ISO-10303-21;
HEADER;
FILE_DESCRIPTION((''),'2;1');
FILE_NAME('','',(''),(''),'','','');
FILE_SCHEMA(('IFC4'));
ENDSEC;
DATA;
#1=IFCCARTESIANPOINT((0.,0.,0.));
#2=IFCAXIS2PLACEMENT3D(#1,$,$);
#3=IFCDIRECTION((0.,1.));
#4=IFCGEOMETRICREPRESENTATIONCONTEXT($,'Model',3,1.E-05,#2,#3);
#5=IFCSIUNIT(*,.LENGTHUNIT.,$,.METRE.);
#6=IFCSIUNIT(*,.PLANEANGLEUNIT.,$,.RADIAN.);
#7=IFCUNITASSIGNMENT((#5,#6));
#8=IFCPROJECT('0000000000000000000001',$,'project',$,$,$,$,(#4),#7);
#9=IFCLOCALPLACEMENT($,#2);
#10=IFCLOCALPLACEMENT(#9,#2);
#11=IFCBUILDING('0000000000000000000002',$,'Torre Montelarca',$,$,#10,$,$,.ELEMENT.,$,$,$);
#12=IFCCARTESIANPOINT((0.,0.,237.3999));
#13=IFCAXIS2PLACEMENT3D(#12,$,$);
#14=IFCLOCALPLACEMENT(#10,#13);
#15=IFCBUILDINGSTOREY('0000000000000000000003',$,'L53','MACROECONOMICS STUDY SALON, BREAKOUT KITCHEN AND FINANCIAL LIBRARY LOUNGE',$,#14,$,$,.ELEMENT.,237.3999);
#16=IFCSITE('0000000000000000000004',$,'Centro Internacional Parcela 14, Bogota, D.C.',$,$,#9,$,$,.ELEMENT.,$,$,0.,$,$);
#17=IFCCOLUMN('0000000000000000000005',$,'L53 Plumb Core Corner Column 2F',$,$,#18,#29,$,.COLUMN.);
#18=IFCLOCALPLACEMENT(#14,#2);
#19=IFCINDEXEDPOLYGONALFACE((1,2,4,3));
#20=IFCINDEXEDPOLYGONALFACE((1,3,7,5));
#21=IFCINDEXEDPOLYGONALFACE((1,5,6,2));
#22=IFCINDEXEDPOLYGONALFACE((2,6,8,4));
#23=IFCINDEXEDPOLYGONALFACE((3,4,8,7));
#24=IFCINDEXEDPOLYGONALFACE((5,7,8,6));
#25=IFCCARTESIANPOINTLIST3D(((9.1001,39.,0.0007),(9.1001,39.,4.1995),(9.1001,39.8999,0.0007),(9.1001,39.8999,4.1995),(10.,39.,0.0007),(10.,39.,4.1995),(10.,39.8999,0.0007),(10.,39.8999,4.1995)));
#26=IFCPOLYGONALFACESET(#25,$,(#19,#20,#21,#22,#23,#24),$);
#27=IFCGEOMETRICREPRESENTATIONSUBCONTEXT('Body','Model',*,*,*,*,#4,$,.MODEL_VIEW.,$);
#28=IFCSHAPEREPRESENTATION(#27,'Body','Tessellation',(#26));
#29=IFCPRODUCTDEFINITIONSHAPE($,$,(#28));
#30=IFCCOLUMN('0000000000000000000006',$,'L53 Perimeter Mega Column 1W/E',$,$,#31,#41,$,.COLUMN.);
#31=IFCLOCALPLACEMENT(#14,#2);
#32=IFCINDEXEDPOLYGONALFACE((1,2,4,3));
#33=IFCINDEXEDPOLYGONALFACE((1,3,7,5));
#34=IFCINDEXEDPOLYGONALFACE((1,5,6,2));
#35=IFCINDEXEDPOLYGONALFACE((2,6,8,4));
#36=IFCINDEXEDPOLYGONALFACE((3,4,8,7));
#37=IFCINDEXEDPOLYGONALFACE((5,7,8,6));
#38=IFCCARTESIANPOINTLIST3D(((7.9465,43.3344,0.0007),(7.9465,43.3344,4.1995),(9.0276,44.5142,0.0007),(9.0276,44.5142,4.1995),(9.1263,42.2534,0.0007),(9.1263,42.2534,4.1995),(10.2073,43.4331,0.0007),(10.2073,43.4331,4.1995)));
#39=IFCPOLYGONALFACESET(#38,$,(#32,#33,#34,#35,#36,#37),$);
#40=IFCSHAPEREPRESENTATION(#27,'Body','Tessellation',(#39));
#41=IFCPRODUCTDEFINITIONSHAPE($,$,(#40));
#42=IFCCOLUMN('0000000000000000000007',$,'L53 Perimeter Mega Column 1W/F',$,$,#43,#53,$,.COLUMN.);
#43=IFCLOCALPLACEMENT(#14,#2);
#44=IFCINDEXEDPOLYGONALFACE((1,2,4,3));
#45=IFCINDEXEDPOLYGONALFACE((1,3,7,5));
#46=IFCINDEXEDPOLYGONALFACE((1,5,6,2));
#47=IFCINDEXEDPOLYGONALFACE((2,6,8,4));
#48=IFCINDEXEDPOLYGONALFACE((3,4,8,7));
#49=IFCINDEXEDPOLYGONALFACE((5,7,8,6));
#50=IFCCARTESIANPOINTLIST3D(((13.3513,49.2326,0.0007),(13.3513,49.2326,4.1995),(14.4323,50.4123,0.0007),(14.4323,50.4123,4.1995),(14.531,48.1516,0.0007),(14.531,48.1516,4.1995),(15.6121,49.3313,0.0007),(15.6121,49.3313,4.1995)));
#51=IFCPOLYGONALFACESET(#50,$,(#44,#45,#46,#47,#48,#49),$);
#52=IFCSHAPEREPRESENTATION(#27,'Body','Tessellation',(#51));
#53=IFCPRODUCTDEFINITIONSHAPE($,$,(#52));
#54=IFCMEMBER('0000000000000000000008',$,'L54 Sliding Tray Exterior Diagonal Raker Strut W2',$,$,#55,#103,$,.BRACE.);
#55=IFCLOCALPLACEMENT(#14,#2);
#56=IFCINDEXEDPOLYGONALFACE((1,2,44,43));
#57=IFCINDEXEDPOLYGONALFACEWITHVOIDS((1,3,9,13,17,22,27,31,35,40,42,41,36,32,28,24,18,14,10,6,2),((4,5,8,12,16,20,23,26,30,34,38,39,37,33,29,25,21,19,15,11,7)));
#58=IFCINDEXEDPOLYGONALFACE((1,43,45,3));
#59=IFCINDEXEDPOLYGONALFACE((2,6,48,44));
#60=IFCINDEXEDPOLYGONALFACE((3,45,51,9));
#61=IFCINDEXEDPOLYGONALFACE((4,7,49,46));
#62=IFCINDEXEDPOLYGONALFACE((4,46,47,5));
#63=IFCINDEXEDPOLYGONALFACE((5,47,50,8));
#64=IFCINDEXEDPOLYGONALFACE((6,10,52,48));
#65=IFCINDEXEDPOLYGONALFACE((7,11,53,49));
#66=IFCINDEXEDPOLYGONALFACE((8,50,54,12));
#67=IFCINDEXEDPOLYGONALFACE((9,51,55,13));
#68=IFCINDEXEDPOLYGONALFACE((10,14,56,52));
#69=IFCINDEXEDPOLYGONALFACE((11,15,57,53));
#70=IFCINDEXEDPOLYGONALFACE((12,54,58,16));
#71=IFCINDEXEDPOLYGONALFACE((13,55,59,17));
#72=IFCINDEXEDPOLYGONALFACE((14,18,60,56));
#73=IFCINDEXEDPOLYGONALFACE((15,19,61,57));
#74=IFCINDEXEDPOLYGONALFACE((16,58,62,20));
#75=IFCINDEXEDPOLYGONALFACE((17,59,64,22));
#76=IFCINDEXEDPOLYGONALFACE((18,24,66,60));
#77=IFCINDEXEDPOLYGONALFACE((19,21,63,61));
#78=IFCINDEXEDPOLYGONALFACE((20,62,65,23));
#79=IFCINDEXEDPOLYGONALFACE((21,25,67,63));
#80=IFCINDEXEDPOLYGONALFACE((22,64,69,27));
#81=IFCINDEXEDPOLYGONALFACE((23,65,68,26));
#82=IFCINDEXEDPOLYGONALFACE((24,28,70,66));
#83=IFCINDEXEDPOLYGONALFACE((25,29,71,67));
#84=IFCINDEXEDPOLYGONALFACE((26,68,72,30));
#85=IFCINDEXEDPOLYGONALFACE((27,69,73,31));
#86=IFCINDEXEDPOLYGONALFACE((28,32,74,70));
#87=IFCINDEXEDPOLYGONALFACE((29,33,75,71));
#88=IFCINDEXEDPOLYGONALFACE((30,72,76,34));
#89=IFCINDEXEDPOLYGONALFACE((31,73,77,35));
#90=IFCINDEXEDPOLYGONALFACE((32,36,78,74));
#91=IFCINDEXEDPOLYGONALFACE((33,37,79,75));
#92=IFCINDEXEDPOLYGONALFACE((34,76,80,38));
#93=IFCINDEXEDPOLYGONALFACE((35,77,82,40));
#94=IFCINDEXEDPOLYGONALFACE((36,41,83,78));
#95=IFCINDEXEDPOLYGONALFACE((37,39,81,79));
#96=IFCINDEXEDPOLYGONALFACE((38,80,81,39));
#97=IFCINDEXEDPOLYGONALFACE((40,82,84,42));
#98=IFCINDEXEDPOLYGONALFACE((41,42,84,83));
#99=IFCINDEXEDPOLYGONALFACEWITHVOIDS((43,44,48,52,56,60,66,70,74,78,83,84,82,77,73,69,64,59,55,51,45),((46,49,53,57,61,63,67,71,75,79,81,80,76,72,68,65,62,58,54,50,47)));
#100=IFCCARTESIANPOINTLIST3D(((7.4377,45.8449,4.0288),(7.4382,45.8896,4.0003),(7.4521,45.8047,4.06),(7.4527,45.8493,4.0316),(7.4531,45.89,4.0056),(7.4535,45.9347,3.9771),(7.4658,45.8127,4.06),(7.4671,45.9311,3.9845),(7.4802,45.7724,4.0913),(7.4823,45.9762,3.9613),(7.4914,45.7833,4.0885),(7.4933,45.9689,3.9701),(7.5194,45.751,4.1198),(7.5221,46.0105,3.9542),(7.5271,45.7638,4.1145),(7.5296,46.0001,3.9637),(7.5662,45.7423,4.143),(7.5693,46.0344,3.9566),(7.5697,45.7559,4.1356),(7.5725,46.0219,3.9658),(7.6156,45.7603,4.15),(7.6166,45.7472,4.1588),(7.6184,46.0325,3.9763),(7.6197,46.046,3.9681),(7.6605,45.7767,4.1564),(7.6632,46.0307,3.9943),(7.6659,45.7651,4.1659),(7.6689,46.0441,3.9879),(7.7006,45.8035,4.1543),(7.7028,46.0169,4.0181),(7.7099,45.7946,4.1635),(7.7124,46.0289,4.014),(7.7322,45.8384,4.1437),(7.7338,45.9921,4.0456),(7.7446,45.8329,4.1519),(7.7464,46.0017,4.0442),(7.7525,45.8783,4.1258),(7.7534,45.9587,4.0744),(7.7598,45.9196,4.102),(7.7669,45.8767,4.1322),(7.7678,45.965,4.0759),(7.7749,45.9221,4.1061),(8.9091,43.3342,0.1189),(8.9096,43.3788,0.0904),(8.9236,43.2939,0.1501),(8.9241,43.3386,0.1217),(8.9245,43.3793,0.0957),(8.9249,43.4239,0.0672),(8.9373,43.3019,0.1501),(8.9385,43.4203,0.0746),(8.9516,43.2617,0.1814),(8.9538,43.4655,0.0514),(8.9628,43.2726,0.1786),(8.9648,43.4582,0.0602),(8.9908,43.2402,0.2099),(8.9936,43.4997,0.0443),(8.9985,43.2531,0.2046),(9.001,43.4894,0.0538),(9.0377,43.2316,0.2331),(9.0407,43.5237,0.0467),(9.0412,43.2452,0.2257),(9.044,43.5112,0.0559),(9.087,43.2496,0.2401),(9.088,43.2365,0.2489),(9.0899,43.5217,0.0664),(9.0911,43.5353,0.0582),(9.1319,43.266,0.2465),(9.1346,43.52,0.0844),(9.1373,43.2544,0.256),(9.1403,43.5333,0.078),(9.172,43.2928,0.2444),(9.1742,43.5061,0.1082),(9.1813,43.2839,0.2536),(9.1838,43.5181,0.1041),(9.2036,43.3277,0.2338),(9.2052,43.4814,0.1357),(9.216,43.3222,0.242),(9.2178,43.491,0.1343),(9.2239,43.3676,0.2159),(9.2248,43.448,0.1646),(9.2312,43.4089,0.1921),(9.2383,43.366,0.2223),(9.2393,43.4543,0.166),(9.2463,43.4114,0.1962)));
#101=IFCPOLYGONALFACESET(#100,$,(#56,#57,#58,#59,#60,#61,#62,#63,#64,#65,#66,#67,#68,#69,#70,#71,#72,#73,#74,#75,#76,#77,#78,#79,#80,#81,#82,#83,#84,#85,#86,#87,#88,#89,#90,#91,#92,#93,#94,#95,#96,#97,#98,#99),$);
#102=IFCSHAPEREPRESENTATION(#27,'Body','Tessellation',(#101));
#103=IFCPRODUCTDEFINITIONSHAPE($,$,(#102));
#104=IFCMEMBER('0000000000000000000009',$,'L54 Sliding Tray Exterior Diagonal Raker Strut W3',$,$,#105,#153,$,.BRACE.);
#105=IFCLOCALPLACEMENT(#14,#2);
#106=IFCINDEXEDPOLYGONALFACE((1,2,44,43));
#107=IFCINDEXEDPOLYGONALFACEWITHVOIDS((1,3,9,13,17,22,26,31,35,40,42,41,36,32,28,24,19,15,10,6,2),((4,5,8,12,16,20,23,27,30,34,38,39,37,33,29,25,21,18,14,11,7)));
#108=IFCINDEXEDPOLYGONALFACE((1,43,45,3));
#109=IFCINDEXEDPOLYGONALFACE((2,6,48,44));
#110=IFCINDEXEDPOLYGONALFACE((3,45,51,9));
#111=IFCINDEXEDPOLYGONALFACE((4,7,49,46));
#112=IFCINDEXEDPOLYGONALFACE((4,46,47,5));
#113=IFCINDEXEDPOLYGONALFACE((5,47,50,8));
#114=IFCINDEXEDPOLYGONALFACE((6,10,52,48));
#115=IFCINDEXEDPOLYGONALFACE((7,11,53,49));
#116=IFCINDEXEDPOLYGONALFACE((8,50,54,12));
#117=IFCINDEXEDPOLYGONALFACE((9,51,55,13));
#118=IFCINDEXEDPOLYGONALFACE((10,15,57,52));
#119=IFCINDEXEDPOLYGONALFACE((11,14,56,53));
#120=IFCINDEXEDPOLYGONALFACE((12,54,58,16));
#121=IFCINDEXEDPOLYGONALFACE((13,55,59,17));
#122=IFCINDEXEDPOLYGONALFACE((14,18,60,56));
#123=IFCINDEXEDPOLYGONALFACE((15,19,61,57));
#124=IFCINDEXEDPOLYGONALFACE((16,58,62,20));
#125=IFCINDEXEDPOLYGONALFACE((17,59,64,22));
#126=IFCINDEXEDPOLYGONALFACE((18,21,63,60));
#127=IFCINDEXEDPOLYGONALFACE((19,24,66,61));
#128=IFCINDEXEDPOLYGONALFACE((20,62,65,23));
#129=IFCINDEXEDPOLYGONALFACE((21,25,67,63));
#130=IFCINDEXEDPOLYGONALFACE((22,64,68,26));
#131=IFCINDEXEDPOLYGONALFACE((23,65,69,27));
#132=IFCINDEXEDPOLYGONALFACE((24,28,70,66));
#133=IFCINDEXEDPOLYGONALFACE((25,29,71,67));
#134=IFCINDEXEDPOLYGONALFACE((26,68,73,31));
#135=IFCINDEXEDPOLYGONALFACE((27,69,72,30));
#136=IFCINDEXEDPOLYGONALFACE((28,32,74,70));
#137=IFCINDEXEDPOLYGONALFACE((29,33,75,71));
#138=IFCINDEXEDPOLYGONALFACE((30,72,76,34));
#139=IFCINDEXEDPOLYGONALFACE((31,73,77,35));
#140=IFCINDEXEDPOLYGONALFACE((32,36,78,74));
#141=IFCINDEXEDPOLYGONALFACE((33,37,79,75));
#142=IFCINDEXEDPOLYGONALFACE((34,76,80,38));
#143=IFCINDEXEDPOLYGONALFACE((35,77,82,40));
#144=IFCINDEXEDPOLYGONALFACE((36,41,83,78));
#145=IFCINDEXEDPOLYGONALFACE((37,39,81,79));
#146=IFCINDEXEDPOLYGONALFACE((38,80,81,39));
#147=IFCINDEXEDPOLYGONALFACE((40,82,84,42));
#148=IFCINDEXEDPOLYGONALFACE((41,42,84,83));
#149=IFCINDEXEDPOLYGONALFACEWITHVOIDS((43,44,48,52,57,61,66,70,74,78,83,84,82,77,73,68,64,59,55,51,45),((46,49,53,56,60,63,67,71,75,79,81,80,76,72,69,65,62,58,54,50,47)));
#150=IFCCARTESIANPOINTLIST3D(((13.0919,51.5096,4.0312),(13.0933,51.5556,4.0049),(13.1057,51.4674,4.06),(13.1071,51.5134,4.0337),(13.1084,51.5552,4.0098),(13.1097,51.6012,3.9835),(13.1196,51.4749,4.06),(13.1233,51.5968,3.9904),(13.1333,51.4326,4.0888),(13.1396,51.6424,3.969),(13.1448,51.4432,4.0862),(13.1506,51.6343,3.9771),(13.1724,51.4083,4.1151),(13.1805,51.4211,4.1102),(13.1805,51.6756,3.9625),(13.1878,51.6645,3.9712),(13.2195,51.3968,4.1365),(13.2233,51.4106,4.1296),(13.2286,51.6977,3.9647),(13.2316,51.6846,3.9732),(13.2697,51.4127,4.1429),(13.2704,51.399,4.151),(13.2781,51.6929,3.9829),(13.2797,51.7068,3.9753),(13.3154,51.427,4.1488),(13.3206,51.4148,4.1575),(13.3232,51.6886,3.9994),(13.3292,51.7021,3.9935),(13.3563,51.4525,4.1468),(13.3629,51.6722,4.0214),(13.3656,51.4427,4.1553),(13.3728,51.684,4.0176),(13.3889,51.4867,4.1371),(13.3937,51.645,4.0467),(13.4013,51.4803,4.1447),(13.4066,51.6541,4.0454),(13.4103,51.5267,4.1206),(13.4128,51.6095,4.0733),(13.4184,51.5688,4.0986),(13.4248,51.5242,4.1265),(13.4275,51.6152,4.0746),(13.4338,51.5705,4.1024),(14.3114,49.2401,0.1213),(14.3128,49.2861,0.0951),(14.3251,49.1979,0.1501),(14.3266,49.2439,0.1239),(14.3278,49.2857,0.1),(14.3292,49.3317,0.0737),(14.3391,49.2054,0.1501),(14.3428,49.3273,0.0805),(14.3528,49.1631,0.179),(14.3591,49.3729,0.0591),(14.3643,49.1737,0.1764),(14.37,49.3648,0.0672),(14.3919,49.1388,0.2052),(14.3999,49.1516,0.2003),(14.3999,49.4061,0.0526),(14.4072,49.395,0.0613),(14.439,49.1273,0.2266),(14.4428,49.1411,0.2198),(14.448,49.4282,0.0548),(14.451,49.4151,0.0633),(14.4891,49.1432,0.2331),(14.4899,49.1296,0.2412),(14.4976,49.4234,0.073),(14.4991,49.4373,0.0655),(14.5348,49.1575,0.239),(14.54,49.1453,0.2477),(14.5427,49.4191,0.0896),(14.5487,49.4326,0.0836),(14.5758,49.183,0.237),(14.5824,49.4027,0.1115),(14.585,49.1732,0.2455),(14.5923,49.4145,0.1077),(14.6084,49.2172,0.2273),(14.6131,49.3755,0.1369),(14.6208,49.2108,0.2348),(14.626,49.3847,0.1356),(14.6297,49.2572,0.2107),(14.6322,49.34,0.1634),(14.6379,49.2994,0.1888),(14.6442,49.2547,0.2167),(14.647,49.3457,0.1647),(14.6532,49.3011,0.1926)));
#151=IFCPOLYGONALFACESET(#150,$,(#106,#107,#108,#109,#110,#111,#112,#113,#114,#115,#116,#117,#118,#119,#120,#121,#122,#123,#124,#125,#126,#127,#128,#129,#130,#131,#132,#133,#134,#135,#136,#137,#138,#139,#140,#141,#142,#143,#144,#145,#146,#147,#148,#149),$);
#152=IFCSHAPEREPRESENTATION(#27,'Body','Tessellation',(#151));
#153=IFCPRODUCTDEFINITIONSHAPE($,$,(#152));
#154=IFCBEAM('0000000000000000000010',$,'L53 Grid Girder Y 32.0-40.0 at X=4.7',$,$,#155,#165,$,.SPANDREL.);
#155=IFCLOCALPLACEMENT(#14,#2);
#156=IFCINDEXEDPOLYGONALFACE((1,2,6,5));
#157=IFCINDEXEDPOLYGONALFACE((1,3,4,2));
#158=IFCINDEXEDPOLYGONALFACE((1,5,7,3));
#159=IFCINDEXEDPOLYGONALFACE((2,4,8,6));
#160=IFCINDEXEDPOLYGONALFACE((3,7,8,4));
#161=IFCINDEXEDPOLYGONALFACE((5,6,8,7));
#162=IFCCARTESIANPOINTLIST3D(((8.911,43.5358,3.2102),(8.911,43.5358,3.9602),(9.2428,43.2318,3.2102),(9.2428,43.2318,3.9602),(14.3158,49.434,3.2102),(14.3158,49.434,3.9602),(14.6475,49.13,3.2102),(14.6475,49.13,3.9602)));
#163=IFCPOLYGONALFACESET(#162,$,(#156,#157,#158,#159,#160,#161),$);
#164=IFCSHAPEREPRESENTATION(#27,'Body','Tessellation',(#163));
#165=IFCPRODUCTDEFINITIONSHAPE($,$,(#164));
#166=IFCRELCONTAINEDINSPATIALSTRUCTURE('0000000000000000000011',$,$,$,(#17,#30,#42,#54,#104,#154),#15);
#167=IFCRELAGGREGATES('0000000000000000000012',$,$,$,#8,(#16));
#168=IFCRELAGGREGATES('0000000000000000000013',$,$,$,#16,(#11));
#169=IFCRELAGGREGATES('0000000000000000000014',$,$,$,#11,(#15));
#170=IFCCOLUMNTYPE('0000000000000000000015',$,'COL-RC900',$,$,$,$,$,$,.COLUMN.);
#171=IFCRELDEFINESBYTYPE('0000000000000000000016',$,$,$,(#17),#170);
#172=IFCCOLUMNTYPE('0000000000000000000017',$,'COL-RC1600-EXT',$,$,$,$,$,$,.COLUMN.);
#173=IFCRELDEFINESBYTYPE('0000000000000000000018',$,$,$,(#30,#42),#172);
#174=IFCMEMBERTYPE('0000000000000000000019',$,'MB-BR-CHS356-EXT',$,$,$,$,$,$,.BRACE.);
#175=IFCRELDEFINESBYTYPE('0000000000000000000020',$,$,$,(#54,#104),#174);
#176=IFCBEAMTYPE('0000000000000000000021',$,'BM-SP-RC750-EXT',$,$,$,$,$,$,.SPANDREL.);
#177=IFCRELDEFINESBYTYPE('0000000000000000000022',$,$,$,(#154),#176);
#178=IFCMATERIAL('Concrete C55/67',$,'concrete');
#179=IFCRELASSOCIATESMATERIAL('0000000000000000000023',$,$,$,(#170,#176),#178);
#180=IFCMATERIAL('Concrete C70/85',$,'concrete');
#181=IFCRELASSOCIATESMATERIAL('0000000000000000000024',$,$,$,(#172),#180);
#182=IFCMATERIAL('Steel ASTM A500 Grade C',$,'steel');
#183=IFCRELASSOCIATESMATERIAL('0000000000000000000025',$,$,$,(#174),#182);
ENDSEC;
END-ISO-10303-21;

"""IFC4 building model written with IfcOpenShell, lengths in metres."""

from ifc_helpers import new_model, si_unit, direction, frame, origin, origin_2d, place, context, subcontext, project, spatial, rectangle, hollow_circle, extrude, source, transform, mapped, material, material_profile, profile_set, type_object, element, save


model = new_model("IFC4")

# Units and contexts
model_context = context("Model", 3, precision=1e-05, world=origin(), true_north=direction((0.0, 1.0)))
body_context = subcontext(model_context, "Body", "Model", "MODEL_VIEW")
ifc_project = project(units=[si_unit("LENGTHUNIT", "METRE"), si_unit("PLANEANGLEUNIT", "RADIAN")], contexts=[model_context])

# Site, building, storey
site_placement = place(None, origin())
site = spatial("IfcSite", under=ifc_project, at=site_placement, Name="Centro Internacional Parcela 14, Bogota, D.C.", CompositionType="ELEMENT", RefElevation=0.0)
building_placement = place(site_placement, origin())
building = spatial("IfcBuilding", under=site, at=building_placement, Name="Torre Montelarca", CompositionType="ELEMENT")
storey_placement = place(building_placement, frame((0.0, 0.0, 237.3999)))
storey = spatial("IfcBuildingStorey", under=building, at=storey_placement, Name="L53", Description="MACROECONOMICS STUDY SALON, BREAKOUT KITCHEN AND FINANCIAL LIBRARY LOUNGE", CompositionType="ELEMENT", Elevation=237.3999)

# Columns
ifc_material_1 = material(Name="Concrete C55/67", Category="concrete")
ifc_material_profile_1 = material_profile(ifc_material_1, rectangle(XDim=0.8999, YDim=0.8999, at=origin_2d()), Name="RC900X900", Category="concrete")
ifc_profile_set_1 = profile_set([ifc_material_profile_1], Name="Concrete C55/67")
column_type_1 = type_object("IfcColumnType", Name="COL-RC900", PredefinedType="COLUMN", material=ifc_profile_set_1)
shared_shape_1 = source(origin(), body_context, "Body", "SweptSolid", [
    extrude(rectangle(XDim=0.8999, YDim=0.8999, at=origin_2d()), origin(), (0.0, 0.0, 1.0), 4.1987),
])
column_placement = place(storey_placement, frame((9.55, 39.45, 0.0007), z_axis=(0.0, 0.0, 1.0), x_axis=(1.0, 0.0, 0.0)))
element("IfcColumn", 1, at=column_placement, inside=storey, type_object=column_type_1, Name="L53 Plumb Core Corner Column 2F", PredefinedType="COLUMN", context=body_context, shape_type="MappedRepresentation", body=[
    mapped(shared_shape_1, transform((0.0, 0.0, 0.0), scale=1.0)),
])
ifc_material_2 = material(Name="Concrete C70/85", Category="concrete")
ifc_material_profile_2 = material_profile(ifc_material_2, rectangle(XDim=1.6001, YDim=1.6001, at=origin_2d()), Name="RC1600X1600", Category="concrete")
ifc_profile_set_2 = profile_set([ifc_material_profile_2], Name="Concrete C70/85")
column_type_2 = type_object("IfcColumnType", Name="COL-RC1600-EXT", PredefinedType="COLUMN", material=ifc_profile_set_2)
shared_shape_2 = source(origin(), body_context, "Body", "SweptSolid", [
    extrude(rectangle(XDim=1.6001, YDim=1.6001, at=origin_2d()), origin(), (0.0, 0.0, 1.0), 4.1987),
])
for number, where, z_axis, x_axis, name in (
    (2, (9.0769, 43.3838, 0.0007), (0.0, 0.0, 1.0), (-0.737277, 0.67559, 0.0), "L53 Perimeter Mega Column 1W/E"),
    (3, (14.4817, 49.282, 0.0007), (0.0, 0.0, 1.0), (-0.737277, 0.67559, 0.0), "L53 Perimeter Mega Column 1W/F"),
):
    element("IfcColumn", number, at=place(storey_placement, frame(where, z_axis=z_axis, x_axis=x_axis)), inside=storey, type_object=column_type_2, Name=name, PredefinedType="COLUMN", context=body_context, shape_type="MappedRepresentation", body=[
        mapped(shared_shape_2, transform((0.0, 0.0, 0.0), scale=1.0)),
    ])

# Members
ifc_material_3 = material(Name="Steel ASTM A500 Grade C", Category="steel")
ifc_material_profile_3 = material_profile(ifc_material_3, hollow_circle(Radius=0.1777, WallThickness=0.0159, at=origin_2d()), Name="HSS355.6X15.9", Category="steel")
ifc_profile_set_3 = profile_set([ifc_material_profile_3], Name="Steel ASTM A500 Grade C")
member_type_1 = type_object("IfcMemberType", Name="MB-BR-CHS356-EXT", PredefinedType="BRACE", material=ifc_profile_set_3)
shared_shape_3 = source(origin(), body_context, "Body", "SweptSolid", [
    extrude(hollow_circle(Radius=0.1777, WallThickness=0.0159, at=origin_2d()), origin(), (0.0, 0.0, 1.0), 4.874),
])
member_1_placement = place(storey_placement, frame((9.0769, 43.3838, 0.1501), z_axis=(-0.301892, 0.515124, 0.80219), x_axis=(-0.862755, -0.505623, 0.0)))
element("IfcMember", 4, at=member_1_placement, inside=storey, type_object=member_type_1, Name="L54 Sliding Tray Exterior Diagonal Raker Strut W2", PredefinedType="BRACE", context=body_context, shape_type="MappedRepresentation", body=[
    mapped(shared_shape_3, transform((0.0, 0.0, 0.0), scale=1.0)),
])
shared_shape_4 = source(origin(), body_context, "Body", "SweptSolid", [
    extrude(hollow_circle(Radius=0.1777, WallThickness=0.0159, at=origin_2d()), origin(), (0.0, 0.0, 1.0), 4.6824),
])
member_2_placement = place(storey_placement, frame((14.4817, 49.282, 0.1501), z_axis=(-0.260437, 0.484689, 0.835014), x_axis=(-0.880888, -0.473325, 0.0)))
element("IfcMember", 5, at=member_2_placement, inside=storey, type_object=member_type_1, Name="L54 Sliding Tray Exterior Diagonal Raker Strut W3", PredefinedType="BRACE", context=body_context, shape_type="MappedRepresentation", body=[
    mapped(shared_shape_4, transform((0.0, 0.0, 0.0), scale=1.0)),
])

# Beam
ifc_material_profile_4 = material_profile(ifc_material_1, rectangle(XDim=0.45, YDim=0.75, at=origin_2d()), Name="RCB450X750", Category="concrete")
ifc_profile_set_4 = profile_set([ifc_material_profile_4], Name="Concrete C55/67")
beam_type = type_object("IfcBeamType", Name="BM-SP-RC750-EXT", PredefinedType="SPANDREL", material=ifc_profile_set_4)
shared_shape_5 = source(origin(), body_context, "Body", "SweptSolid", [
    extrude(rectangle(XDim=0.45, YDim=0.75, at=origin_2d()), origin(), (0.0, 0.0, 1.0), 8.0),
])
beam_placement = place(storey_placement, frame((9.0769, 43.3838, 3.5852), z_axis=(0.675596, 0.737272, 0.0), x_axis=(-0.737272, 0.675596, 0.0)))
element("IfcBeam", 6, at=beam_placement, inside=storey, type_object=beam_type, Name="L53 Grid Girder Y 32.0-40.0 at X=4.7", PredefinedType="SPANDREL", context=body_context, shape_type="MappedRepresentation", body=[
    mapped(shared_shape_5, transform((0.0, 0.0, 0.0), scale=1.0)),
])

save(model, "model.ifc")
